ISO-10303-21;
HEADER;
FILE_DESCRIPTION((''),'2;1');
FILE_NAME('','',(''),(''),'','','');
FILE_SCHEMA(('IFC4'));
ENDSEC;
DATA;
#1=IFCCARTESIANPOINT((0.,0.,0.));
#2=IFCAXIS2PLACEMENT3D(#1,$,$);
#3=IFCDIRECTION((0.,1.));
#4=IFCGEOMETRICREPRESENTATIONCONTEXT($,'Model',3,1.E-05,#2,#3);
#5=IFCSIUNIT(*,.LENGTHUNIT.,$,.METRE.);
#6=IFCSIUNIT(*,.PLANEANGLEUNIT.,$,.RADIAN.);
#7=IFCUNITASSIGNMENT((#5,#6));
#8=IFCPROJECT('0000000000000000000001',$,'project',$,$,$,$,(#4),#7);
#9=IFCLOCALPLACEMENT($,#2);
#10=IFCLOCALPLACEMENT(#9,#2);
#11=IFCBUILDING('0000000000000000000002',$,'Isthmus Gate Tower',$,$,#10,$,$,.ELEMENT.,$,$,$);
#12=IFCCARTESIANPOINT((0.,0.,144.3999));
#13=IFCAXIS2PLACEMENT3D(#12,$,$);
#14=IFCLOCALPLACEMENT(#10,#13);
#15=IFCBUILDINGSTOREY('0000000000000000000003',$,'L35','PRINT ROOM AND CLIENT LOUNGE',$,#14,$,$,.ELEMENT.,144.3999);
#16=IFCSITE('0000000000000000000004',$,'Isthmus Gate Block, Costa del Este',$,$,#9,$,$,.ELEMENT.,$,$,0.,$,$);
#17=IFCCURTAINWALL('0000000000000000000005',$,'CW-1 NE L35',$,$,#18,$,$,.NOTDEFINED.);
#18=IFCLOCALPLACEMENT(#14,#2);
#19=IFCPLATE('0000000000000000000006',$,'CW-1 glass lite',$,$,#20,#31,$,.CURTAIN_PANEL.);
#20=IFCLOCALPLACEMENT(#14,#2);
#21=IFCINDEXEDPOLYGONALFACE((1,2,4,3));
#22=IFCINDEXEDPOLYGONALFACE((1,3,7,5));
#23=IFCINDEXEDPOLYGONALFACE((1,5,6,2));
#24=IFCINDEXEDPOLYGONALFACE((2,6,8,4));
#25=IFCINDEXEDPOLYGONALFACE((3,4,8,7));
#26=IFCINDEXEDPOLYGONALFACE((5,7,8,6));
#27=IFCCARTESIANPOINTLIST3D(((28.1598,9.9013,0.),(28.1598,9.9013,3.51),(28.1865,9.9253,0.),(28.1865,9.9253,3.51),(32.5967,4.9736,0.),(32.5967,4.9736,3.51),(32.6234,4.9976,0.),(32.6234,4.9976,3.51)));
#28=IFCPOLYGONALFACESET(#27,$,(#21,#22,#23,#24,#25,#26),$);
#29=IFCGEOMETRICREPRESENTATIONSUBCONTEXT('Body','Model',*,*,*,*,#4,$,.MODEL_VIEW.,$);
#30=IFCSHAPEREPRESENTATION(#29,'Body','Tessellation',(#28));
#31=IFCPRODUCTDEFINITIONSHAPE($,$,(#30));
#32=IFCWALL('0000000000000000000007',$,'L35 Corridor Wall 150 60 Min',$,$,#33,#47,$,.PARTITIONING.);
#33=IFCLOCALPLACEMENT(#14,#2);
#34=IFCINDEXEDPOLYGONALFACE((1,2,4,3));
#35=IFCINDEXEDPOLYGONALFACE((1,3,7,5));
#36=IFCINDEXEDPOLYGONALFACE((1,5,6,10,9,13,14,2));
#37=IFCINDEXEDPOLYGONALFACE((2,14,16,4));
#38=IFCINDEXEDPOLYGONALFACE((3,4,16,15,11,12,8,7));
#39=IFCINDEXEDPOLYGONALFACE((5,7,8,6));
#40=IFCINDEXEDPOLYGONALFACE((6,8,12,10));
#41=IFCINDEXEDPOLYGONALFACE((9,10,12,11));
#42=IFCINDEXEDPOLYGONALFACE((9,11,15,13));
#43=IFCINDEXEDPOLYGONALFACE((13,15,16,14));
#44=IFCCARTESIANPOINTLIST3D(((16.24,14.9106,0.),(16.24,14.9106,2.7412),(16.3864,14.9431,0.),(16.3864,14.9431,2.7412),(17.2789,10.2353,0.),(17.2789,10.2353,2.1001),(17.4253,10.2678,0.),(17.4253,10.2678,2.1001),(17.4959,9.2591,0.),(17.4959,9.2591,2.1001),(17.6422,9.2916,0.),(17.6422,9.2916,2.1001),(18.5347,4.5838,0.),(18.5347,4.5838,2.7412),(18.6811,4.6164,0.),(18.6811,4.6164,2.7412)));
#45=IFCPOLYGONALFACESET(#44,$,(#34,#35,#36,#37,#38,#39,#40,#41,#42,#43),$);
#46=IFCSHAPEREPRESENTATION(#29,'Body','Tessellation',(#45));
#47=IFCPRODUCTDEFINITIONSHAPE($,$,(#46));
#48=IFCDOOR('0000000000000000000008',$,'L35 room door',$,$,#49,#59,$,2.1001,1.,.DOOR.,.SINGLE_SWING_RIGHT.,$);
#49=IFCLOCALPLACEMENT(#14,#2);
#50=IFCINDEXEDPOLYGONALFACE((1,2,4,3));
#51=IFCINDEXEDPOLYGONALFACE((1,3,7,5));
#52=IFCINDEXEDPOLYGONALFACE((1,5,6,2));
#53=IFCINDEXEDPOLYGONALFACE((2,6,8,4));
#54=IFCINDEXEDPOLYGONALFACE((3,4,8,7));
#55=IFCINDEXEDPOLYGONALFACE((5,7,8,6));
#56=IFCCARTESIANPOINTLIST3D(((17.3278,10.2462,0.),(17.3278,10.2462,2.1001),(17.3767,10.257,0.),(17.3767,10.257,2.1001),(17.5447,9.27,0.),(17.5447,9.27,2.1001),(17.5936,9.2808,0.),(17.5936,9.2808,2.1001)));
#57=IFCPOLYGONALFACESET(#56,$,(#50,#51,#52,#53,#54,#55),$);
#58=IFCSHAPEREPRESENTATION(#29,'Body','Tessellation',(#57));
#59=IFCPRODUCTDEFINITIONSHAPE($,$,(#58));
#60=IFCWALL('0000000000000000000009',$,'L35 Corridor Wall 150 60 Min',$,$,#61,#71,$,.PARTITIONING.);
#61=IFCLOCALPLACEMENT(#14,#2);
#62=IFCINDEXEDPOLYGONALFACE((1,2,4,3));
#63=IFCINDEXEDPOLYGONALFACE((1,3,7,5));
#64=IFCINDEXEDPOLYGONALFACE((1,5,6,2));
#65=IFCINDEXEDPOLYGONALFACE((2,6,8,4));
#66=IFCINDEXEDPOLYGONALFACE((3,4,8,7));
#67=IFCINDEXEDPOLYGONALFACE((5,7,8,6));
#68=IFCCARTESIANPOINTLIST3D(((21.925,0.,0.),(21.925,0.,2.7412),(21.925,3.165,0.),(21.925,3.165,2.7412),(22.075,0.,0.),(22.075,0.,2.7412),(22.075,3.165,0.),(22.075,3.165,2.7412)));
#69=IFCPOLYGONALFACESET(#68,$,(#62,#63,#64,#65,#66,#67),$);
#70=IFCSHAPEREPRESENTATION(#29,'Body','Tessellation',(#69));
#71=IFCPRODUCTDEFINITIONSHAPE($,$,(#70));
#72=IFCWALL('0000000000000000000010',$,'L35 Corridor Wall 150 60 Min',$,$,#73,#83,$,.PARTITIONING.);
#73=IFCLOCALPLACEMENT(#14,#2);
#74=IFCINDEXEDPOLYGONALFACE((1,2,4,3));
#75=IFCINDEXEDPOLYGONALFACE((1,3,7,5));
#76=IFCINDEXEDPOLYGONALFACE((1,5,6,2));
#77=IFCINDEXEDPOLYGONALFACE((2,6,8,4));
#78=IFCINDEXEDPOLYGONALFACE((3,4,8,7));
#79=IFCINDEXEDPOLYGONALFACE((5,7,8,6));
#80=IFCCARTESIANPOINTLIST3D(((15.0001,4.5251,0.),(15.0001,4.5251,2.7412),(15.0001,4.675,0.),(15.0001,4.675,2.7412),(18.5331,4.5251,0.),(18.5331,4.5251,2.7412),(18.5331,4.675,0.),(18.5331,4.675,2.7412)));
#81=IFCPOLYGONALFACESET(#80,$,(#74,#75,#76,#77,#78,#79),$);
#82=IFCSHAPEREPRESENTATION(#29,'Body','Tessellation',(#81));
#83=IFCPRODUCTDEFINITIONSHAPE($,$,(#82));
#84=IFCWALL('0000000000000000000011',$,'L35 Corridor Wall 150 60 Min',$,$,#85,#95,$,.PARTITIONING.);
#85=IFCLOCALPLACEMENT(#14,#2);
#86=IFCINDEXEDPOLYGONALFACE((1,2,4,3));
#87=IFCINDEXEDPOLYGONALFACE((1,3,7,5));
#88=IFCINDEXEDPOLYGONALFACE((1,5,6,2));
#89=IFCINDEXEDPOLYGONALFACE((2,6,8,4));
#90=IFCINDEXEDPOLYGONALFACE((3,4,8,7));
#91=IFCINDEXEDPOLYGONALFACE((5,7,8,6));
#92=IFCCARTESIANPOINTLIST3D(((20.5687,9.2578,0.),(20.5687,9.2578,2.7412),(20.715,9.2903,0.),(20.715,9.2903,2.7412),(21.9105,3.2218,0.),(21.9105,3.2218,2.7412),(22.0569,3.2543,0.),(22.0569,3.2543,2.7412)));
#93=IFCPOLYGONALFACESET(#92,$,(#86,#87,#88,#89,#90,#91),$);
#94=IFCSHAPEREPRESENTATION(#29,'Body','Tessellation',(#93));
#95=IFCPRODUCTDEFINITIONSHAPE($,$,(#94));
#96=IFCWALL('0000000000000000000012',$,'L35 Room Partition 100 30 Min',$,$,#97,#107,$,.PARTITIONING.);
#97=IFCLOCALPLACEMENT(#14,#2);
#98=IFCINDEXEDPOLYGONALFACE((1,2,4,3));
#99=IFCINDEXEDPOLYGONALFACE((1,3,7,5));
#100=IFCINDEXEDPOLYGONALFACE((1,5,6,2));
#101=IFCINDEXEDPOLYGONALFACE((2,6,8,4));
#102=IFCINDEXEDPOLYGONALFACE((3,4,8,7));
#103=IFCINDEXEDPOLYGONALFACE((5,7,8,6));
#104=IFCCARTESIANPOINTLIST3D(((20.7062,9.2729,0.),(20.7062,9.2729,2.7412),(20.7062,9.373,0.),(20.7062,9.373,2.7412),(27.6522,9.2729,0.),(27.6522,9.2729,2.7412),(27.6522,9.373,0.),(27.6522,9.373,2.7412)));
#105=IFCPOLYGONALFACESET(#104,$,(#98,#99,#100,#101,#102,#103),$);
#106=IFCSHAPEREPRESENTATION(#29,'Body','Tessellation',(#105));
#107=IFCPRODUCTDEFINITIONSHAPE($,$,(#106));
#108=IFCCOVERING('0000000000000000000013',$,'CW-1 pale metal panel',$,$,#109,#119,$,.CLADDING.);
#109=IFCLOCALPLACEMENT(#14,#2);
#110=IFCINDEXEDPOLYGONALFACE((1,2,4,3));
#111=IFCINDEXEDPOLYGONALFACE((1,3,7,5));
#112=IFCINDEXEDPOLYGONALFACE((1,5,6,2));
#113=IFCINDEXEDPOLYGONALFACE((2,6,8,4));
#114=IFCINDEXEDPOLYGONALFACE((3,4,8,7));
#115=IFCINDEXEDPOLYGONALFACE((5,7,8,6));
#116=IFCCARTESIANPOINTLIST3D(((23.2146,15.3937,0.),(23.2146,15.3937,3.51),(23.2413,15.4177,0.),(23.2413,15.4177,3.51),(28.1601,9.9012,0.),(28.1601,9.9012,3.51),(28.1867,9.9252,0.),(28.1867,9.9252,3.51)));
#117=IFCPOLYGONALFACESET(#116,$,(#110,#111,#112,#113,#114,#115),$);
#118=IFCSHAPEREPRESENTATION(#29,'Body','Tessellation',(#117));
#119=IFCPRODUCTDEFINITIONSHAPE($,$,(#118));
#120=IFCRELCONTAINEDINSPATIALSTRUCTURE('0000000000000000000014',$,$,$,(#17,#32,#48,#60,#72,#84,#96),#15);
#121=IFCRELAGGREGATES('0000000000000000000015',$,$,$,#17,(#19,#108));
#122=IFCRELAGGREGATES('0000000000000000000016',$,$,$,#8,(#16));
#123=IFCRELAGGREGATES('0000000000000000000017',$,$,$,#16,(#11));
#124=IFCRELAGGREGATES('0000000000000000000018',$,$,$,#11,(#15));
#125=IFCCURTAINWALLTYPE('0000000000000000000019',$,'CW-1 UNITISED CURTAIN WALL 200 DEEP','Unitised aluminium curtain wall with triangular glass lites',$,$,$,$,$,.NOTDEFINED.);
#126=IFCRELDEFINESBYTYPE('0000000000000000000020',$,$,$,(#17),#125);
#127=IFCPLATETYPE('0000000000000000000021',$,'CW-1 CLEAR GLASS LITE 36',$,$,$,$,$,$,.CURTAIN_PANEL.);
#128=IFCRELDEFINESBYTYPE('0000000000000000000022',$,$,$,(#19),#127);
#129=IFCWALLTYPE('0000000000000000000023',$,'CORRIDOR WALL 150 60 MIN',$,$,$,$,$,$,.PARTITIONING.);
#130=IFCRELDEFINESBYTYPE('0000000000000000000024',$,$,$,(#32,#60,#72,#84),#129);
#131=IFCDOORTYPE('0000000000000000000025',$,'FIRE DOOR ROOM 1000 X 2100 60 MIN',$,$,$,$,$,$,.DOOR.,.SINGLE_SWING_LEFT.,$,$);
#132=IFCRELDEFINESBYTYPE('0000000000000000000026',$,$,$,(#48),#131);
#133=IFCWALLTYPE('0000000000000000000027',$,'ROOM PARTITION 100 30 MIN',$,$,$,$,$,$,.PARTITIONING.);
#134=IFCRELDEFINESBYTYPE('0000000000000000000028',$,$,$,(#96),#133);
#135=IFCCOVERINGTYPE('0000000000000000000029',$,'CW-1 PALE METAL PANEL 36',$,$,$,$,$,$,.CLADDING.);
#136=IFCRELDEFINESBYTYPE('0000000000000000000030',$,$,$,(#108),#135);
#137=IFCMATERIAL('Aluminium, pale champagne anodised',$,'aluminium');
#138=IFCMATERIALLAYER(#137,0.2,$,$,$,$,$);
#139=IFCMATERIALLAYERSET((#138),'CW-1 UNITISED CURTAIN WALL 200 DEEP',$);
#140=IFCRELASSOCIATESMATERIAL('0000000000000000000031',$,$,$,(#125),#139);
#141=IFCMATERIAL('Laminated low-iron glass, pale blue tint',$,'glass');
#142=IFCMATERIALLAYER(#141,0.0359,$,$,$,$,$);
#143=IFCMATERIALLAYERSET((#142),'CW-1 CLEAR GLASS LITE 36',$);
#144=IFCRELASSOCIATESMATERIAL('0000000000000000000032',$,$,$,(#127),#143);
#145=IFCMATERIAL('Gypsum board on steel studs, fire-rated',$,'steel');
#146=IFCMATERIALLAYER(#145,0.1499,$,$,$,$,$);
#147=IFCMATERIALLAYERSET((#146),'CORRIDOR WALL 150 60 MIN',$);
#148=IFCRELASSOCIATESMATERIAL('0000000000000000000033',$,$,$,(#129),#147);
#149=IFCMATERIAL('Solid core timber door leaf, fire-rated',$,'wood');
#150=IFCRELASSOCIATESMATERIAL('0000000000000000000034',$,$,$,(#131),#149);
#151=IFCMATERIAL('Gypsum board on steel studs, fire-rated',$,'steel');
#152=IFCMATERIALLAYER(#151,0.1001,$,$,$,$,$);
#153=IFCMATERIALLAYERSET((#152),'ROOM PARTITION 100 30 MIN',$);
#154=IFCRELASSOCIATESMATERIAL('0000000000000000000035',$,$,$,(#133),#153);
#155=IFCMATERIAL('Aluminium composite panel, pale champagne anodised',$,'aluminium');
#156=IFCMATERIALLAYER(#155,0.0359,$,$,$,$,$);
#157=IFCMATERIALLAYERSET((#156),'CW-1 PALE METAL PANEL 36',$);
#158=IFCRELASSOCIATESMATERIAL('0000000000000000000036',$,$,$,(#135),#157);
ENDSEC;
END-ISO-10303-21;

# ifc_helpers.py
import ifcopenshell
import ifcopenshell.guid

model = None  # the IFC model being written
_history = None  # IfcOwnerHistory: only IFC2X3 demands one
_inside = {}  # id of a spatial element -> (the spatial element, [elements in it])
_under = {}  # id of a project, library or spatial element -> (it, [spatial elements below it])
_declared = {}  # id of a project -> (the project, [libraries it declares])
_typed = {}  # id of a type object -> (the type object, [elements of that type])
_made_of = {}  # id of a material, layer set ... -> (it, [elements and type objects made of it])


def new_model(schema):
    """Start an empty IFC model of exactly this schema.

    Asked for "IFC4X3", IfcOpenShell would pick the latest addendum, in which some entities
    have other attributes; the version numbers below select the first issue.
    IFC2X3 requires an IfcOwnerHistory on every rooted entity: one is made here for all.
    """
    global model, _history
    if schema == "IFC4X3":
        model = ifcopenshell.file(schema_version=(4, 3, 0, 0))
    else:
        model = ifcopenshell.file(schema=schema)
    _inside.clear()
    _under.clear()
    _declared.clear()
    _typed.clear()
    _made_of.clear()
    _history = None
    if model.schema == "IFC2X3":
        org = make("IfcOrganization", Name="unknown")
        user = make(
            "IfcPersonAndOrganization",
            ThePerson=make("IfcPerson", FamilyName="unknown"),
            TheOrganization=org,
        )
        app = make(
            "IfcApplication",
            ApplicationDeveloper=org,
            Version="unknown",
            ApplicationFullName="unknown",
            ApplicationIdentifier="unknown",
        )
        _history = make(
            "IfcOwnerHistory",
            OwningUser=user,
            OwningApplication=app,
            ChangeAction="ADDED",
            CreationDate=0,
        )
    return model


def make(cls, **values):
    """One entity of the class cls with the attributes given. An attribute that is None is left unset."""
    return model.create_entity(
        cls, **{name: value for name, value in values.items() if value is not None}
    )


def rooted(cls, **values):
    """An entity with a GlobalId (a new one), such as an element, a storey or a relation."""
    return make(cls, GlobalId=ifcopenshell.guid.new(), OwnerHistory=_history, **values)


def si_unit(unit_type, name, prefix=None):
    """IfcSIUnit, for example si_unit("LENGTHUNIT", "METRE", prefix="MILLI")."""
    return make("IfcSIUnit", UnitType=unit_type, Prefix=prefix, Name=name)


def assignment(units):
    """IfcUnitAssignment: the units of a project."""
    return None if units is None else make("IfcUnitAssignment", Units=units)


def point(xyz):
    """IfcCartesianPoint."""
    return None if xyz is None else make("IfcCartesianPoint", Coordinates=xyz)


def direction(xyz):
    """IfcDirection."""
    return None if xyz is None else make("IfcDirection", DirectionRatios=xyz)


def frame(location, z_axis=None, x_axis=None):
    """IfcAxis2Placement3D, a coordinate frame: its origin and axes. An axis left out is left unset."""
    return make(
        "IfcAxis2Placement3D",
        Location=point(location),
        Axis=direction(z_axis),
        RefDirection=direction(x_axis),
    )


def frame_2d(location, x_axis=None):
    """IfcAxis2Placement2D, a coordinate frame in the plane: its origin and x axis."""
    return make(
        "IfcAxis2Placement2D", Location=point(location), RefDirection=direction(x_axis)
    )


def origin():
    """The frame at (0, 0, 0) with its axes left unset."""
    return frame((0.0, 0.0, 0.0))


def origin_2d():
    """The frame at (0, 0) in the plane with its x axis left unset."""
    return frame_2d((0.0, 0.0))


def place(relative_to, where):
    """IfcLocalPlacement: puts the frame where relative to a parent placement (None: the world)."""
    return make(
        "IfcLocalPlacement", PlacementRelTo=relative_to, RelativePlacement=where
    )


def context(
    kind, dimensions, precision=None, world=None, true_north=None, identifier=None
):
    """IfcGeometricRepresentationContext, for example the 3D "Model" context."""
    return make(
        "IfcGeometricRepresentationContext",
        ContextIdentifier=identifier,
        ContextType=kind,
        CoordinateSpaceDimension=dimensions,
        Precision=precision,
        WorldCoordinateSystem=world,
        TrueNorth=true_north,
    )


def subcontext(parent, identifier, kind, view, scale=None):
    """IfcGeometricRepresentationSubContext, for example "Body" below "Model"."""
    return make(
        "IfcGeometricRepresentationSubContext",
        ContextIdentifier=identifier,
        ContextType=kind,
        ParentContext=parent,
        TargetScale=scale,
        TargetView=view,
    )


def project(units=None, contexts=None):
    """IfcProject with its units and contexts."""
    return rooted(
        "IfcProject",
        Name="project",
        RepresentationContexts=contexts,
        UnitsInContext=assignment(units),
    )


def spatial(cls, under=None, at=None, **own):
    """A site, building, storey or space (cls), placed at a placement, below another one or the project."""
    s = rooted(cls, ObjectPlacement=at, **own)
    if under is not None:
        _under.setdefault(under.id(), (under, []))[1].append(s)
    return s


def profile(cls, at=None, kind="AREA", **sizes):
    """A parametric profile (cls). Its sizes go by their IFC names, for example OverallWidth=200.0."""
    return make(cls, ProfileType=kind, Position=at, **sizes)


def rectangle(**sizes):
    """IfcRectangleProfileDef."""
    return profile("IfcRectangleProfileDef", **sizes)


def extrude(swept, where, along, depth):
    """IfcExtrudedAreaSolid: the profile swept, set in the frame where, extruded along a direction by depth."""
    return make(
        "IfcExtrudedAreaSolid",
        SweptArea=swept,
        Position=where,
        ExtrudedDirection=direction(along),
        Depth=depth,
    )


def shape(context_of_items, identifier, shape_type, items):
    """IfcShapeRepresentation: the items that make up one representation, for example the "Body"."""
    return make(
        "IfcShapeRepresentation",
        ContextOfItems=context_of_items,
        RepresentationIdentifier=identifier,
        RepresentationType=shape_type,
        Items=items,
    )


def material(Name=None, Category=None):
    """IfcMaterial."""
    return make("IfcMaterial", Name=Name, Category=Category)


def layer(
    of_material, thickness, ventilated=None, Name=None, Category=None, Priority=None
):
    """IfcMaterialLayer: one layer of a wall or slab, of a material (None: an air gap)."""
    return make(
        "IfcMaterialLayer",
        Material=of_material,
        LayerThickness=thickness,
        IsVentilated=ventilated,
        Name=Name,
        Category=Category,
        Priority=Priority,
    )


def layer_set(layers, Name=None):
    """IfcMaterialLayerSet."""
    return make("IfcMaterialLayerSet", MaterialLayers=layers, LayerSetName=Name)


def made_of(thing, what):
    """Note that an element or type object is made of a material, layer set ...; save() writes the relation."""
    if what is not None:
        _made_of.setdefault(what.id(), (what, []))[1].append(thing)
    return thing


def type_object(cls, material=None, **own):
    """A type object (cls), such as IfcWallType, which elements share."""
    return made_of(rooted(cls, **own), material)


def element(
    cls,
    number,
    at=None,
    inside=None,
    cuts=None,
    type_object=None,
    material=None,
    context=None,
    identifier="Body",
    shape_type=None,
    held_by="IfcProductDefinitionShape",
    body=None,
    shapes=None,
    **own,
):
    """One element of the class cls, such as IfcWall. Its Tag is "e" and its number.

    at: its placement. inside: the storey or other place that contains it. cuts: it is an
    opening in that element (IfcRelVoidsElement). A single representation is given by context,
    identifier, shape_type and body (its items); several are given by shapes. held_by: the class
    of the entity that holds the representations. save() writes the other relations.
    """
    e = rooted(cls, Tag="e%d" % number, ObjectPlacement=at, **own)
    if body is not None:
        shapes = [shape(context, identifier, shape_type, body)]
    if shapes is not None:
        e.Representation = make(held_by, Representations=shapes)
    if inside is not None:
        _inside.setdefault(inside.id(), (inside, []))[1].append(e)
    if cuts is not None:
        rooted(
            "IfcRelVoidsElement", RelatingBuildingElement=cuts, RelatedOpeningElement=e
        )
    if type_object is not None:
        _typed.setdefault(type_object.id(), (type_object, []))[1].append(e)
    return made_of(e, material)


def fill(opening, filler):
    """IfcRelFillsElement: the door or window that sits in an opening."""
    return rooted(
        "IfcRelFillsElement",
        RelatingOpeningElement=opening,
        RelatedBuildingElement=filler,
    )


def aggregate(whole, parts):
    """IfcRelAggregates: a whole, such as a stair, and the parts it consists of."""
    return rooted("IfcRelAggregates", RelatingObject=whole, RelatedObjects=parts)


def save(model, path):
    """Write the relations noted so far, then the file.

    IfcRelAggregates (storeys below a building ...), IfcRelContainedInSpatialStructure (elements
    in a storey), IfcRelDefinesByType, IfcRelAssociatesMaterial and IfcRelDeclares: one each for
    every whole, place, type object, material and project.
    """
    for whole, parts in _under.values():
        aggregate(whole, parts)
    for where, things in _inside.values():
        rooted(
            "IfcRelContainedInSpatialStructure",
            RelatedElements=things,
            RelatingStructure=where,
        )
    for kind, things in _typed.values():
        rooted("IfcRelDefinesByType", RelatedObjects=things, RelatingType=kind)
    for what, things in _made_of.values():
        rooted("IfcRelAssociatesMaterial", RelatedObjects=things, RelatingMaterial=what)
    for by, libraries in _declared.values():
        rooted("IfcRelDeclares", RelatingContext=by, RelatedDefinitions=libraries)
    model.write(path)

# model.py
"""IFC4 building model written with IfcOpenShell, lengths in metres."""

from ifc_helpers import new_model, si_unit, direction, frame, frame_2d, origin, origin_2d, place, context, subcontext, project, spatial, rectangle, extrude, material, layer, layer_set, type_object, element, fill, aggregate, save


model = new_model("IFC4")

# Units and contexts
model_context = context("Model", 3, precision=1e-05, world=origin(), true_north=direction((0.0, 1.0)))
body_context = subcontext(model_context, "Body", "Model", "MODEL_VIEW")
ifc_project = project(units=[si_unit("LENGTHUNIT", "METRE"), si_unit("PLANEANGLEUNIT", "RADIAN")], contexts=[model_context])

# Site, building, storey
site_placement = place(None, origin())
site = spatial("IfcSite", under=ifc_project, at=site_placement, Name="Isthmus Gate Block, Costa del Este", CompositionType="ELEMENT", RefElevation=0.0)
building_placement = place(site_placement, origin())
building = spatial("IfcBuilding", under=site, at=building_placement, Name="Isthmus Gate Tower", CompositionType="ELEMENT")
storey_placement = place(building_placement, frame((0.0, 0.0, 144.3999)))
storey = spatial("IfcBuildingStorey", under=building, at=storey_placement, Name="L35", Description="PRINT ROOM AND CLIENT LOUNGE", CompositionType="ELEMENT", Elevation=144.3999)

# Curtain wall
ifc_material_1 = material(Name="Aluminium, pale champagne anodised", Category="aluminium")
ifc_layer_1 = layer(ifc_material_1, 0.2)
ifc_layer_set_1 = layer_set([ifc_layer_1], Name="CW-1 UNITISED CURTAIN WALL 200 DEEP")
curtain_wall_type_1 = type_object("IfcCurtainWallType", Name="CW-1 UNITISED CURTAIN WALL 200 DEEP", Description="Unitised aluminium curtain wall with triangular glass lites", PredefinedType="NOTDEFINED", material=ifc_layer_set_1)
curtain_wall_1_placement = place(storey_placement, origin())
curtain_wall_1 = element("IfcCurtainWall", 1, at=curtain_wall_1_placement, inside=storey, type_object=curtain_wall_type_1, Name="CW-1 NE L35", PredefinedType="NOTDEFINED")

# Shared definitions
ifc_material_2 = material(Name="Laminated low-iron glass, pale blue tint", Category="glass")
ifc_layer_2 = layer(ifc_material_2, 0.0359)
ifc_layer_set_2 = layer_set([ifc_layer_2], Name="CW-1 CLEAR GLASS LITE 36")
plate_type = type_object("IfcPlateType", Name="CW-1 CLEAR GLASS LITE 36", PredefinedType="CURTAIN_PANEL", material=ifc_layer_set_2)

# Plate
plate_1_placement = place(storey_placement, frame((30.3916, 7.4495, 0.0), z_axis=(0.0, 0.0, 1.0), x_axis=(-0.669131, 0.743145, 0.0)))
plate_1 = element("IfcPlate", 2, at=plate_1_placement, type_object=plate_type, Name="CW-1 glass lite", PredefinedType="CURTAIN_PANEL", context=body_context, shape_type="SweptSolid", body=[
    extrude(rectangle(XDim=6.6309, YDim=0.0359, at=origin_2d()), origin(), (0.0, 0.0, 1.0), 3.51),
])

# Wall, opening, door
ifc_material_3 = material(Name="Gypsum board on steel studs, fire-rated", Category="steel")
ifc_layer_3 = layer(ifc_material_3, 0.1499)
ifc_layer_set_3 = layer_set([ifc_layer_3], Name="CORRIDOR WALL 150 60 MIN")
wall_type_1 = type_object("IfcWallType", Name="CORRIDOR WALL 150 60 MIN", PredefinedType="PARTITIONING", material=ifc_layer_set_3)
wall_1_placement = place(storey_placement, frame((18.6079, 4.6001, 0.0), z_axis=(0.0, 0.0, 1.0), x_axis=(-0.216918, 0.97619, 0.0)))
wall_1 = element("IfcWall", 3, at=wall_1_placement, inside=storey, type_object=wall_type_1, Name="L35 Corridor Wall 150 60 Min", PredefinedType="PARTITIONING", context=body_context, shape_type="SweptSolid", body=[
    extrude(rectangle(XDim=10.5786, YDim=0.1499, at=frame_2d((5.2893, 0.0))), origin(), (0.0, 0.0, 1.0), 2.7412),
])
opening_placement = place(wall_1_placement, frame((4.7893, 0.0, 0.0)))
opening = element("IfcOpeningElement", 4, at=opening_placement, cuts=wall_1, PredefinedType="OPENING", context=body_context, shape_type="SweptSolid", body=[
    extrude(rectangle(XDim=1.0, YDim=2.1001, at=frame_2d((0.5, 1.05))), frame((0.0, 0.085, 0.0), z_axis=(0.0, -1.0, 0.0), x_axis=(1.0, 0.0, 0.0)), (0.0, 0.0, 1.0), 0.1699),
])
ifc_material_4 = material(Name="Solid core timber door leaf, fire-rated", Category="wood")
door_type = type_object("IfcDoorType", Name="FIRE DOOR ROOM 1000 X 2100 60 MIN", OperationType="SINGLE_SWING_LEFT", PredefinedType="DOOR", material=ifc_material_4)
door_placement = place(opening_placement, origin())
door = element("IfcDoor", 5, at=door_placement, inside=storey, type_object=door_type, Name="L35 room door", OperationType="SINGLE_SWING_RIGHT", OverallHeight=2.1001, OverallWidth=1.0, PredefinedType="DOOR", context=body_context, shape_type="SweptSolid", body=[
    extrude(rectangle(XDim=1.0, YDim=2.1001, at=frame_2d((0.5, 1.05))), frame((0.0, 0.0249, 0.0), z_axis=(0.0, -1.0, 0.0), x_axis=(1.0, 0.0, 0.0)), (0.0, 0.0, 1.0), 0.05),
])
fill(opening, door)

# Walls
wall_2_placement = place(storey_placement, frame((22.0, 3.165, 0.0), z_axis=(0.0, 0.0, 1.0), x_axis=(0.0, -1.0, 0.0)))
element("IfcWall", 6, at=wall_2_placement, inside=storey, type_object=wall_type_1, Name="L35 Corridor Wall 150 60 Min", PredefinedType="PARTITIONING", context=body_context, shape_type="SweptSolid", body=[
    extrude(rectangle(XDim=3.165, YDim=0.1499, at=frame_2d((1.5825, 0.0))), origin(), (0.0, 0.0, 1.0), 2.7412),
])
wall_3_placement = place(storey_placement, frame((15.0, 4.6001, 0.0), z_axis=(0.0, 0.0, 1.0), x_axis=(1.0, 0.0, 0.0)))
element("IfcWall", 7, at=wall_3_placement, inside=storey, type_object=wall_type_1, Name="L35 Corridor Wall 150 60 Min", PredefinedType="PARTITIONING", context=body_context, shape_type="SweptSolid", body=[
    extrude(rectangle(XDim=3.533, YDim=0.1499, at=frame_2d((1.7666, 0.0))), origin(), (0.0, 0.0, 1.0), 2.7412),
])
wall_4_placement = place(storey_placement, frame((20.6418, 9.2742, 0.0), z_axis=(0.0, 0.0, 1.0), x_axis=(0.217006, -0.97617, 0.0)))
element("IfcWall", 8, at=wall_4_placement, inside=storey, type_object=wall_type_1, Name="L35 Corridor Wall 150 60 Min", PredefinedType="PARTITIONING", context=body_context, shape_type="SweptSolid", body=[
    extrude(rectangle(XDim=6.1833, YDim=0.1499, at=frame_2d((3.0918, 0.0))), origin(), (0.0, 0.0, 1.0), 2.7412),
])
ifc_material_5 = material(Name="Gypsum board on steel studs, fire-rated", Category="steel")
ifc_layer_4 = layer(ifc_material_5, 0.1001)
ifc_layer_set_4 = layer_set([ifc_layer_4], Name="ROOM PARTITION 100 30 MIN")
wall_type_2 = type_object("IfcWallType", Name="ROOM PARTITION 100 30 MIN", PredefinedType="PARTITIONING", material=ifc_layer_set_4)
wall_5_placement = place(storey_placement, frame((20.7061, 9.323, 0.0), z_axis=(0.0, 0.0, 1.0), x_axis=(1.0, 0.0, 0.0)))
element("IfcWall", 9, at=wall_5_placement, inside=storey, type_object=wall_type_2, Name="L35 Room Partition 100 30 Min", PredefinedType="PARTITIONING", context=body_context, shape_type="SweptSolid", body=[
    extrude(rectangle(XDim=6.946, YDim=0.1001, at=frame_2d((3.4731, 0.0))), origin(), (0.0, 0.0, 1.0), 2.7412),
])

# Covering
ifc_material_6 = material(Name="Aluminium composite panel, pale champagne anodised", Category="aluminium")
ifc_layer_5 = layer(ifc_material_6, 0.0359)
ifc_layer_set_5 = layer_set([ifc_layer_5], Name="CW-1 PALE METAL PANEL 36")
covering_type = type_object("IfcCoveringType", Name="CW-1 PALE METAL PANEL 36", PredefinedType="CLADDING", material=ifc_layer_set_5)
covering_placement = place(storey_placement, frame((25.7007, 12.6594, 0.0), z_axis=(0.0, 0.0, 1.0), x_axis=(-0.669131, 0.743145, 0.0)))
covering = element("IfcCovering", 10, at=covering_placement, type_object=covering_type, Name="CW-1 pale metal panel", PredefinedType="CLADDING", context=body_context, shape_type="SweptSolid", body=[
    extrude(rectangle(XDim=7.3909, YDim=0.0359, at=origin_2d()), origin(), (0.0, 0.0, 1.0), 3.51),
])
aggregate(curtain_wall_1, [plate_1, covering])

save(model, "model.ifc")
